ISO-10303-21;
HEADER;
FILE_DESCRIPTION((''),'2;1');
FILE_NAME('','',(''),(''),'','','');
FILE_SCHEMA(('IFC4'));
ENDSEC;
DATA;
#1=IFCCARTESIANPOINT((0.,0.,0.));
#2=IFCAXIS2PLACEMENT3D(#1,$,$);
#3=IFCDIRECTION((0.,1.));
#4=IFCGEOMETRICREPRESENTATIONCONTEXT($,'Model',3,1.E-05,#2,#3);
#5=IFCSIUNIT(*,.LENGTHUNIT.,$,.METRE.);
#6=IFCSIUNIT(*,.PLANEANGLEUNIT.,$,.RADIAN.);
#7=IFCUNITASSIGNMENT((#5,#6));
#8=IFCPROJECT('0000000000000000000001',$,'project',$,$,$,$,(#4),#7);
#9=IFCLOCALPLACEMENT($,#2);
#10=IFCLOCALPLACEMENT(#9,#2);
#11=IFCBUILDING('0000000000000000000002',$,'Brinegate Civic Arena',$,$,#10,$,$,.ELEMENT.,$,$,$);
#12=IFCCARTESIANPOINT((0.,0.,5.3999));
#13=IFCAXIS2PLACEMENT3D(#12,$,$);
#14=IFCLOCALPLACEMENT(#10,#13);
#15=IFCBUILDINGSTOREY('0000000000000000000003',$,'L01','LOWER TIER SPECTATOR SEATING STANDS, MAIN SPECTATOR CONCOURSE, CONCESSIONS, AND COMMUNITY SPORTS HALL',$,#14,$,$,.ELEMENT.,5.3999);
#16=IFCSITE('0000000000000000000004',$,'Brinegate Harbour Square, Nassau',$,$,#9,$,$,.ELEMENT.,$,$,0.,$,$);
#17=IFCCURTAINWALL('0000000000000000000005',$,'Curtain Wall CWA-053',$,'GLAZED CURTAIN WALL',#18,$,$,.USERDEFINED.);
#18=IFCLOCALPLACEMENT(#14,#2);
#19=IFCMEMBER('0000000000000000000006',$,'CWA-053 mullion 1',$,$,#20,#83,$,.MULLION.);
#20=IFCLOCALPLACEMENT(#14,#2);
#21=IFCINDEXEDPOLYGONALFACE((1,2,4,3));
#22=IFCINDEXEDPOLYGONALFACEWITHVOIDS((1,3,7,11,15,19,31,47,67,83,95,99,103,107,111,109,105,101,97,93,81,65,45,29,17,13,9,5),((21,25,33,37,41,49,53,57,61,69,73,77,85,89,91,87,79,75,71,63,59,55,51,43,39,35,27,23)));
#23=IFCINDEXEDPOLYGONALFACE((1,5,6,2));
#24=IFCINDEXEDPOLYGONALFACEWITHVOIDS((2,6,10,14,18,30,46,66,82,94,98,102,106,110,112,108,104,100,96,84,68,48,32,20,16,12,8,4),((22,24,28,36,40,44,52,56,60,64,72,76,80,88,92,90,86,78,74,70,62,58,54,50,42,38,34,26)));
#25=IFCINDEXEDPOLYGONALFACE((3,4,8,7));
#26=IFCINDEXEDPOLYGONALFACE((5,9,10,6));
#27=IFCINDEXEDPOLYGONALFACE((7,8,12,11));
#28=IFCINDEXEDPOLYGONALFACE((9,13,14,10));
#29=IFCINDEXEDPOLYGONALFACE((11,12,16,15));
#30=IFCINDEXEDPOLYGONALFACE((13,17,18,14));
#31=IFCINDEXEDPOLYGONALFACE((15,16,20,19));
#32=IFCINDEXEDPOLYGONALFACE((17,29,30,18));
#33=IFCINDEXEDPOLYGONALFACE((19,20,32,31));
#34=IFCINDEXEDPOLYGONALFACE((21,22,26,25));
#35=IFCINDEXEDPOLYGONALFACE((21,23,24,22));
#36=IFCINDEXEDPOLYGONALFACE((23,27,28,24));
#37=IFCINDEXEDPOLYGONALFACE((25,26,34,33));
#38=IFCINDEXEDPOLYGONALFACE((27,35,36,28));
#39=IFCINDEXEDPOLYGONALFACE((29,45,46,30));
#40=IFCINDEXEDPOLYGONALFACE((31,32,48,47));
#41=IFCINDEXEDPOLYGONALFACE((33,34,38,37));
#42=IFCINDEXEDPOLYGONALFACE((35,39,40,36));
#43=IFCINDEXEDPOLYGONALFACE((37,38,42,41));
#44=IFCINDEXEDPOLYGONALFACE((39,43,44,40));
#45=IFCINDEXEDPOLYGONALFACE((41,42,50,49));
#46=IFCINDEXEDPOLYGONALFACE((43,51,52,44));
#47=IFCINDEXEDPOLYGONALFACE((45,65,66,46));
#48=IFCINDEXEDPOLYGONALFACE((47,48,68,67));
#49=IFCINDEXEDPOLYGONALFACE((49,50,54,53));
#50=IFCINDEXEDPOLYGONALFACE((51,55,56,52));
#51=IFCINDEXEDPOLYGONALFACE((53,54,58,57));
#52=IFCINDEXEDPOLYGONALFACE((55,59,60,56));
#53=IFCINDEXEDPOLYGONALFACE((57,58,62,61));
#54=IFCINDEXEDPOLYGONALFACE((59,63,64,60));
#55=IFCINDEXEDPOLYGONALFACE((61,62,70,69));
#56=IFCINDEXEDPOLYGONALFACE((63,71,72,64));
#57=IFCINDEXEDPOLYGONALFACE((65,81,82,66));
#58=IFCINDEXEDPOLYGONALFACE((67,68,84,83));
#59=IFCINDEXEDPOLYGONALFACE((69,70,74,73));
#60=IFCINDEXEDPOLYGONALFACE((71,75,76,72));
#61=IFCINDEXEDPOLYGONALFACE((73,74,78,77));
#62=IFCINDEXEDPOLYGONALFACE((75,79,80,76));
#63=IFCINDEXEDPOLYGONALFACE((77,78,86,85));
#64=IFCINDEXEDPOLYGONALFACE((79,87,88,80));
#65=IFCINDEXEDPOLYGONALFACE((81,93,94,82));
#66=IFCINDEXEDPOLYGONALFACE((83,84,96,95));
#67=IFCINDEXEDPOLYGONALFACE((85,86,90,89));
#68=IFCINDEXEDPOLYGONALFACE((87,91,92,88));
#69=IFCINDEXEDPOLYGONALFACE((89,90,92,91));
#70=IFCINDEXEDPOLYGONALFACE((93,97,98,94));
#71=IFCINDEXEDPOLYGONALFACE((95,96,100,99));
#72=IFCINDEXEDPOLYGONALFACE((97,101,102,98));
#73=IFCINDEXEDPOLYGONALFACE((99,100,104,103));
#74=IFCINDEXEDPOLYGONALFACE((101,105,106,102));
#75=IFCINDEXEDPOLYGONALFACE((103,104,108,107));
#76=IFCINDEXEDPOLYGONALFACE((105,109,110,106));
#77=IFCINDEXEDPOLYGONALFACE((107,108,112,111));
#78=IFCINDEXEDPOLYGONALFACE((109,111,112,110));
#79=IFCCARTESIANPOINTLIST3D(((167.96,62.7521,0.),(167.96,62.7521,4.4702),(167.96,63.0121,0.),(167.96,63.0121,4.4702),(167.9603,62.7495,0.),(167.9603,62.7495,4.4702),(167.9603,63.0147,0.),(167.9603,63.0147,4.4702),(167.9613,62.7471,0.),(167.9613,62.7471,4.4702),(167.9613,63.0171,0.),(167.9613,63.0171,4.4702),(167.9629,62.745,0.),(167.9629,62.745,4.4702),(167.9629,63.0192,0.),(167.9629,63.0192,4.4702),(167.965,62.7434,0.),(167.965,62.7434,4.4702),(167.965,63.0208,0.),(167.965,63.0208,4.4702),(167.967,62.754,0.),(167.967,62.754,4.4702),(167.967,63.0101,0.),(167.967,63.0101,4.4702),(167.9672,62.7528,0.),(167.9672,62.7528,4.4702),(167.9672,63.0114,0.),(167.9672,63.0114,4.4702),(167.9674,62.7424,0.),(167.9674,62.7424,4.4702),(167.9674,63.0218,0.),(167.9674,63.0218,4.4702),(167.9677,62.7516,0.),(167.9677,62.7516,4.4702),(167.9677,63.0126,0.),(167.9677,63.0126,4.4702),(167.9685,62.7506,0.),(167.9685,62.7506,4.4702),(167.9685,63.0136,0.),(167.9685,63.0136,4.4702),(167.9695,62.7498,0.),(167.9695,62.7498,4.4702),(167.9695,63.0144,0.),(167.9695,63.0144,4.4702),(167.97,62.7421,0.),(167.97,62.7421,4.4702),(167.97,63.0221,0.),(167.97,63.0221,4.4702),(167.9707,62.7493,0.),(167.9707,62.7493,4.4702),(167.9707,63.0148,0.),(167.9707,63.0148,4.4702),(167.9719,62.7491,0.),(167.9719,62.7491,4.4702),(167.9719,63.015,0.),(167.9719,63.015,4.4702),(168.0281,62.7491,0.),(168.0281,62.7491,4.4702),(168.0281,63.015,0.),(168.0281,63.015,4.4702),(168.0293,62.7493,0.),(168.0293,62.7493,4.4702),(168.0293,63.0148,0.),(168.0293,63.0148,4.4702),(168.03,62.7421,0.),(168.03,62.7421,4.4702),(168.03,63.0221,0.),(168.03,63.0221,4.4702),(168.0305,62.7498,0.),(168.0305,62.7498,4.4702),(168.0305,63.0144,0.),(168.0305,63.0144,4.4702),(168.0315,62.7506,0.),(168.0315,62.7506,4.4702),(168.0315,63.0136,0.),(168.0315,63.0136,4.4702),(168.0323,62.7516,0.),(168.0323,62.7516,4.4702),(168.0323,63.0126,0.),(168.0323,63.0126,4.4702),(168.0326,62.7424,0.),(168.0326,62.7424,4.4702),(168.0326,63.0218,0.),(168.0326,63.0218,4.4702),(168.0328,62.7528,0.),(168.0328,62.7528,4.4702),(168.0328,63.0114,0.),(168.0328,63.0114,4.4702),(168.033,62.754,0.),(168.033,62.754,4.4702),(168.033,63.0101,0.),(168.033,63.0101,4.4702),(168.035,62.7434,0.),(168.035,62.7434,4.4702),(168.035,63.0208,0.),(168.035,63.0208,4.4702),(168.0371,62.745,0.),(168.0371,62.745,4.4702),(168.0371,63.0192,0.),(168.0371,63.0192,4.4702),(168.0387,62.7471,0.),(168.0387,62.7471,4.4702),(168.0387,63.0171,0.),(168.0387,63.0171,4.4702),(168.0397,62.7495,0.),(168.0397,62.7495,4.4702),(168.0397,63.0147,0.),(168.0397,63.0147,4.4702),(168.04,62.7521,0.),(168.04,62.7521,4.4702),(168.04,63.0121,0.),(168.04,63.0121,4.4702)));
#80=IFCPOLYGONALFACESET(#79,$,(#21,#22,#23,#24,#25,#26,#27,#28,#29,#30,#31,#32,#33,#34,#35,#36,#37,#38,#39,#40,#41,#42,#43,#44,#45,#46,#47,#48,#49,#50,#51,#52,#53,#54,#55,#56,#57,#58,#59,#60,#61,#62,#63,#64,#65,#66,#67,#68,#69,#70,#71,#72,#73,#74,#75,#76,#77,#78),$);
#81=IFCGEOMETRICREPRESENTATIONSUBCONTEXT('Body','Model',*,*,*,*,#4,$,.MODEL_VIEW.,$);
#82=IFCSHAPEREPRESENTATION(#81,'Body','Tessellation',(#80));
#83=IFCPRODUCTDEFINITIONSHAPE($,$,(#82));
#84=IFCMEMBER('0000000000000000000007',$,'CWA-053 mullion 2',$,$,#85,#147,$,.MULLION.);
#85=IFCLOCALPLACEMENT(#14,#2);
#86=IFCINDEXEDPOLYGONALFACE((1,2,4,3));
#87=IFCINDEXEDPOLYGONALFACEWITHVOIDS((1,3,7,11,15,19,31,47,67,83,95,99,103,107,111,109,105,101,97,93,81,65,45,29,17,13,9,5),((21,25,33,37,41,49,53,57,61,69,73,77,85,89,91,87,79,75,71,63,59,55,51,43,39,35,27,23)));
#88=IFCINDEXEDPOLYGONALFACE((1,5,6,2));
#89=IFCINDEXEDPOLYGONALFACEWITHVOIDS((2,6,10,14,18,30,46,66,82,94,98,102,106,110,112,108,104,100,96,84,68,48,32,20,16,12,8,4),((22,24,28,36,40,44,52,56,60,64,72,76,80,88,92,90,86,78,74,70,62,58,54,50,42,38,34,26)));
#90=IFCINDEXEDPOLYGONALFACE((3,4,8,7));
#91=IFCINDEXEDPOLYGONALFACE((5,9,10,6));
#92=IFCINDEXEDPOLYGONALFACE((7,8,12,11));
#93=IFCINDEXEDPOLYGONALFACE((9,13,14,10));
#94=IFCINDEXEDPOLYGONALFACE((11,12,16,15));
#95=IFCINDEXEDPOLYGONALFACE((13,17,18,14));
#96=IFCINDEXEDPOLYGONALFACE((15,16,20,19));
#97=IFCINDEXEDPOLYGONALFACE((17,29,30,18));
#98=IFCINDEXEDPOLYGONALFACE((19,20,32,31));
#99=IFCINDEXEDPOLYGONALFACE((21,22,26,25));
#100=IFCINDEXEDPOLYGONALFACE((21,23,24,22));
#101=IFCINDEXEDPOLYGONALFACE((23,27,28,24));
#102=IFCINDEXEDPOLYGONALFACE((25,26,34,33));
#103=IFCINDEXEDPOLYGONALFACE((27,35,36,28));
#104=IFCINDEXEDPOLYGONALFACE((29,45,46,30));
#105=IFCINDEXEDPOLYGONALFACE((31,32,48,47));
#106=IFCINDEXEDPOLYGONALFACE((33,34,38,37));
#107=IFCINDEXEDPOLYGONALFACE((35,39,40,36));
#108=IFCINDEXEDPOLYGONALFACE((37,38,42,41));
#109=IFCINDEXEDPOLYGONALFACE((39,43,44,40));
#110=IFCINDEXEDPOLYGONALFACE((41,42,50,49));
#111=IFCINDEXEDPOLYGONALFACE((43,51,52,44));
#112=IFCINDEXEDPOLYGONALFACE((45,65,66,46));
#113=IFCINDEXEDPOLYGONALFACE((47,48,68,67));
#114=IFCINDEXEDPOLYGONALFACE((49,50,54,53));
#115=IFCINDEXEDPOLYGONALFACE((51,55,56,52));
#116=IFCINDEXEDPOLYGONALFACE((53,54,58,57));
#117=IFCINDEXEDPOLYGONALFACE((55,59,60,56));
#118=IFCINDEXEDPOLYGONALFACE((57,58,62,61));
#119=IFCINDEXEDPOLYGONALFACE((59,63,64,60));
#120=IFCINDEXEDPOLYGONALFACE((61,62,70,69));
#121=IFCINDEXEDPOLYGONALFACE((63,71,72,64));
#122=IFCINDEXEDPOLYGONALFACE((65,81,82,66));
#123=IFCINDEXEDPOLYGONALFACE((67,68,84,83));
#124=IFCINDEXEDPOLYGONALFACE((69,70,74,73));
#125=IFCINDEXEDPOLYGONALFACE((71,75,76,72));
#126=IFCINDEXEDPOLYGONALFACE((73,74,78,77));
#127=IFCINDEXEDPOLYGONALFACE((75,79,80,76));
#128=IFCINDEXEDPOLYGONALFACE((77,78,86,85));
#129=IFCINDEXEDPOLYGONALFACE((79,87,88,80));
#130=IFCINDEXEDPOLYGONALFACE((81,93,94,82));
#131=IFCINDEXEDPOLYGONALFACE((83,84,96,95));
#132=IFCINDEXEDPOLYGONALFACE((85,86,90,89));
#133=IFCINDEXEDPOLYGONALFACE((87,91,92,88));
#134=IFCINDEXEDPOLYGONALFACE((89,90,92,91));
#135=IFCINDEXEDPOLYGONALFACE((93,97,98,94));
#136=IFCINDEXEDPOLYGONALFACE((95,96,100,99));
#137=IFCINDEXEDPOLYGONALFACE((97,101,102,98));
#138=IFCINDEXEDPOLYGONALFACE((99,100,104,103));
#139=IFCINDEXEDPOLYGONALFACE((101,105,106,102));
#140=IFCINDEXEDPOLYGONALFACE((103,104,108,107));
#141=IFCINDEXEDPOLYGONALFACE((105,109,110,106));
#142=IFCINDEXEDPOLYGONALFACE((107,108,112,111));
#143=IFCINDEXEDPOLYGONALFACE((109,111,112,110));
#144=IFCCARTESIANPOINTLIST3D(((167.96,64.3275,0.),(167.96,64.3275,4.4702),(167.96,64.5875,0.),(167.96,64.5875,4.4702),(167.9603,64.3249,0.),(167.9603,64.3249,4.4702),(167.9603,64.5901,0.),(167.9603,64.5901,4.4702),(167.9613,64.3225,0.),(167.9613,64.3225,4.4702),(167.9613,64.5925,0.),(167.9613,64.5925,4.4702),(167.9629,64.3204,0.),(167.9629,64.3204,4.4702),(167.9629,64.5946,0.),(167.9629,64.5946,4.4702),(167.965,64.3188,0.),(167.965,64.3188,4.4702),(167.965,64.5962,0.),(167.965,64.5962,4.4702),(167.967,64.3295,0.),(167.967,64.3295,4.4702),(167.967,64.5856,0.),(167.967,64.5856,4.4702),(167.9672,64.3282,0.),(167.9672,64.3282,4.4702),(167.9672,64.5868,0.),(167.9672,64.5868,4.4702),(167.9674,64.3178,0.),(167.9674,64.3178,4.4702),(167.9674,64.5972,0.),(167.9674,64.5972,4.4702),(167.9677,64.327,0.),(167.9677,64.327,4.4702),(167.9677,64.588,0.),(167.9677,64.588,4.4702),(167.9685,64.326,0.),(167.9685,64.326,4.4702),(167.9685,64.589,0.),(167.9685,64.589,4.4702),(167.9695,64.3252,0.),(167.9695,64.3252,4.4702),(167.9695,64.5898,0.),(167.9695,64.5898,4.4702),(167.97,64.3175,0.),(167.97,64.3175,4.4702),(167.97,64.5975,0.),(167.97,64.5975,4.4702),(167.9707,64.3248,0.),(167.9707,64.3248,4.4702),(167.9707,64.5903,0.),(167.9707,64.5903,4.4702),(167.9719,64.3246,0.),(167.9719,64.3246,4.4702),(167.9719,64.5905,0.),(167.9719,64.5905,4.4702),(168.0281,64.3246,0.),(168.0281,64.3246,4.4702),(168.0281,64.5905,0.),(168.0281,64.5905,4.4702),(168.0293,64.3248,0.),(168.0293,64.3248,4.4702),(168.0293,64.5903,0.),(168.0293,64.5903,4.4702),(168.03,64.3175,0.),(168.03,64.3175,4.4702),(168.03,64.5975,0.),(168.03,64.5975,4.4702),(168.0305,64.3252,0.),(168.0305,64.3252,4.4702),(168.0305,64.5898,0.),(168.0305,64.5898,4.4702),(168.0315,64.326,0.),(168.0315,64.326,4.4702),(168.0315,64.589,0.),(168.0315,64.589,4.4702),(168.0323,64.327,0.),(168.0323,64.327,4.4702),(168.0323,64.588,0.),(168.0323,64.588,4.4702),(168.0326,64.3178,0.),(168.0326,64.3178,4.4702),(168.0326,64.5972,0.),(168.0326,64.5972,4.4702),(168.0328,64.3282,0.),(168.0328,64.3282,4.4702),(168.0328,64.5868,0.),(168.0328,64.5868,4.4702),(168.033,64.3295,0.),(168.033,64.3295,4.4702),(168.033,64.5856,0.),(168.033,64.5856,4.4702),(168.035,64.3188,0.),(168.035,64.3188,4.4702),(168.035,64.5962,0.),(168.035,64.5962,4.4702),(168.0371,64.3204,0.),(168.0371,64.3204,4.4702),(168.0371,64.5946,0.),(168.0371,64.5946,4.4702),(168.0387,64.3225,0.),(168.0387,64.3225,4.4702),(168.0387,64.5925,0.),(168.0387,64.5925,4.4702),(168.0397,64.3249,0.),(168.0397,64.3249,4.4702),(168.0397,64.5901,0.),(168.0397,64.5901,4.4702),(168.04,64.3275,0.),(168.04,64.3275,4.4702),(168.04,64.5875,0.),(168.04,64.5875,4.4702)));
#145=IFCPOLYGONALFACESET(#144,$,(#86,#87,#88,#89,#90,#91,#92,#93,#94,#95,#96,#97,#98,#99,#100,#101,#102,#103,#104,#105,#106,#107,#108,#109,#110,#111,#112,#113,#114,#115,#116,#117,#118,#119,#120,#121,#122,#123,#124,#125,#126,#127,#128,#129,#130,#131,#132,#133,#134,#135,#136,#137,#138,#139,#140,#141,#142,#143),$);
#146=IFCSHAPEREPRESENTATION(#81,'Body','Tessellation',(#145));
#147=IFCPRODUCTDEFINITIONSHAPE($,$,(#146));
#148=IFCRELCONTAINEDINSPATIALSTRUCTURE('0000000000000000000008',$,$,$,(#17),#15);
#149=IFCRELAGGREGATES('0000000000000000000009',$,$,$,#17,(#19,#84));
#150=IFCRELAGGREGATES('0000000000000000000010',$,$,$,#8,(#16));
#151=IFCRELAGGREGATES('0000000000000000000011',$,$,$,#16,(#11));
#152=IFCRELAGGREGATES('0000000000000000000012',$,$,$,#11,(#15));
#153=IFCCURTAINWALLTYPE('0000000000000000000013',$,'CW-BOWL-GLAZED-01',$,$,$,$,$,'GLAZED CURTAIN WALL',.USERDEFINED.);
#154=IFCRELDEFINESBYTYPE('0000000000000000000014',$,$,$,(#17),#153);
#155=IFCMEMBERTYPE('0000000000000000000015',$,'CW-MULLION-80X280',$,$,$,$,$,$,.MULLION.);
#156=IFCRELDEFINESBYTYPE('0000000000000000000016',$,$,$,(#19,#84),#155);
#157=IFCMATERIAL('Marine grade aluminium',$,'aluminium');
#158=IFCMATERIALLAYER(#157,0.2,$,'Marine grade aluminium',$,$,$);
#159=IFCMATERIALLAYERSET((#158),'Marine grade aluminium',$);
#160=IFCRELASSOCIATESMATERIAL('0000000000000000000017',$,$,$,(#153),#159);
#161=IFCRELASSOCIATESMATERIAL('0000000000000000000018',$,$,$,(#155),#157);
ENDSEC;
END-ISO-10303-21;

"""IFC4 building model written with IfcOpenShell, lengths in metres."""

from ifc_helpers import new_model, si_unit, direction, frame, origin, origin_2d, place, context, subcontext, project, spatial, hollow_rectangle, extrude, material, layer, layer_set, material_profile, profile_set, type_object, element, aggregate, save


model = new_model("IFC4")

# Units and contexts
model_context = context("Model", 3, precision=1e-05, world=origin(), true_north=direction((0.0, 1.0)))
body_context = subcontext(model_context, "Body", "Model", "MODEL_VIEW")
ifc_project = project(units=[si_unit("LENGTHUNIT", "METRE"), si_unit("PLANEANGLEUNIT", "RADIAN")], contexts=[model_context])

# Site, building, storey
site_placement = place(None, origin())
site = spatial("IfcSite", under=ifc_project, at=site_placement, Name="Brinegate Harbour Square, Nassau", CompositionType="ELEMENT", RefElevation=0.0)
building_placement = place(site_placement, origin())
building = spatial("IfcBuilding", under=site, at=building_placement, Name="Brinegate Civic Arena", CompositionType="ELEMENT")
storey_placement = place(building_placement, frame((0.0, 0.0, 5.3999)))
storey = spatial("IfcBuildingStorey", under=building, at=storey_placement, Name="L01", Description="LOWER TIER SPECTATOR SEATING STANDS, MAIN SPECTATOR CONCOURSE, CONCESSIONS, AND COMMUNITY SPORTS HALL", CompositionType="ELEMENT", Elevation=5.3999)

# Curtain wall, members
ifc_material_1 = material(Name="Marine grade aluminium", Category="aluminium")
ifc_layer_1 = layer(ifc_material_1, 0.2, Name="Marine grade aluminium")
ifc_layer_set_1 = layer_set([ifc_layer_1], Name="Marine grade aluminium")
curtain_wall_type = type_object("IfcCurtainWallType", Name="CW-BOWL-GLAZED-01", ElementType="GLAZED CURTAIN WALL", PredefinedType="USERDEFINED", material=ifc_layer_set_1)
curtain_wall_1_placement = place(storey_placement, origin())
curtain_wall_1 = element("IfcCurtainWall", 1, at=curtain_wall_1_placement, inside=storey, type_object=curtain_wall_type, Name="Curtain Wall CWA-053", ObjectType="GLAZED CURTAIN WALL", PredefinedType="USERDEFINED")
ifc_material_profile_1 = material_profile(ifc_material_1, hollow_rectangle(XDim=0.0801, YDim=0.28, WallThickness=0.0071, InnerFilletRadius=0.0049, OuterFilletRadius=0.01, at=origin_2d()), Name="MUL80X280")
ifc_profile_set_1 = profile_set([ifc_material_profile_1], Name="Marine grade aluminium")
member_type_1 = type_object("IfcMemberType", Name="CW-MULLION-80X280", PredefinedType="MULLION", material=ifc_profile_set_1)
member_1_placement = place(storey_placement, frame((168.0, 62.8821, 0.0), z_axis=(0.0, 0.0, 1.0), x_axis=(-1.0, 0.0, 0.0)))
member_1 = element("IfcMember", 2, at=member_1_placement, type_object=member_type_1, Name="CWA-053 mullion 1", PredefinedType="MULLION", context=body_context, shape_type="SweptSolid", body=[
    extrude(hollow_rectangle(XDim=0.0801, YDim=0.28, WallThickness=0.0071, InnerFilletRadius=0.0049, OuterFilletRadius=0.01, at=origin_2d()), origin(), (0.0, 0.0, 1.0), 4.4702),
])
member_2_placement = place(storey_placement, frame((168.0, 64.4575, 0.0), z_axis=(0.0, 0.0, 1.0), x_axis=(-1.0, 0.0, 0.0)))
member_2 = element("IfcMember", 3, at=member_2_placement, type_object=member_type_1, Name="CWA-053 mullion 2", PredefinedType="MULLION", context=body_context, shape_type="SweptSolid", body=[
    extrude(hollow_rectangle(XDim=0.0801, YDim=0.28, WallThickness=0.0071, InnerFilletRadius=0.0049, OuterFilletRadius=0.01, at=origin_2d()), origin(), (0.0, 0.0, 1.0), 4.4702),
])

aggregate(curtain_wall_1, [member_1, member_2])

save(model, "model.ifc")
